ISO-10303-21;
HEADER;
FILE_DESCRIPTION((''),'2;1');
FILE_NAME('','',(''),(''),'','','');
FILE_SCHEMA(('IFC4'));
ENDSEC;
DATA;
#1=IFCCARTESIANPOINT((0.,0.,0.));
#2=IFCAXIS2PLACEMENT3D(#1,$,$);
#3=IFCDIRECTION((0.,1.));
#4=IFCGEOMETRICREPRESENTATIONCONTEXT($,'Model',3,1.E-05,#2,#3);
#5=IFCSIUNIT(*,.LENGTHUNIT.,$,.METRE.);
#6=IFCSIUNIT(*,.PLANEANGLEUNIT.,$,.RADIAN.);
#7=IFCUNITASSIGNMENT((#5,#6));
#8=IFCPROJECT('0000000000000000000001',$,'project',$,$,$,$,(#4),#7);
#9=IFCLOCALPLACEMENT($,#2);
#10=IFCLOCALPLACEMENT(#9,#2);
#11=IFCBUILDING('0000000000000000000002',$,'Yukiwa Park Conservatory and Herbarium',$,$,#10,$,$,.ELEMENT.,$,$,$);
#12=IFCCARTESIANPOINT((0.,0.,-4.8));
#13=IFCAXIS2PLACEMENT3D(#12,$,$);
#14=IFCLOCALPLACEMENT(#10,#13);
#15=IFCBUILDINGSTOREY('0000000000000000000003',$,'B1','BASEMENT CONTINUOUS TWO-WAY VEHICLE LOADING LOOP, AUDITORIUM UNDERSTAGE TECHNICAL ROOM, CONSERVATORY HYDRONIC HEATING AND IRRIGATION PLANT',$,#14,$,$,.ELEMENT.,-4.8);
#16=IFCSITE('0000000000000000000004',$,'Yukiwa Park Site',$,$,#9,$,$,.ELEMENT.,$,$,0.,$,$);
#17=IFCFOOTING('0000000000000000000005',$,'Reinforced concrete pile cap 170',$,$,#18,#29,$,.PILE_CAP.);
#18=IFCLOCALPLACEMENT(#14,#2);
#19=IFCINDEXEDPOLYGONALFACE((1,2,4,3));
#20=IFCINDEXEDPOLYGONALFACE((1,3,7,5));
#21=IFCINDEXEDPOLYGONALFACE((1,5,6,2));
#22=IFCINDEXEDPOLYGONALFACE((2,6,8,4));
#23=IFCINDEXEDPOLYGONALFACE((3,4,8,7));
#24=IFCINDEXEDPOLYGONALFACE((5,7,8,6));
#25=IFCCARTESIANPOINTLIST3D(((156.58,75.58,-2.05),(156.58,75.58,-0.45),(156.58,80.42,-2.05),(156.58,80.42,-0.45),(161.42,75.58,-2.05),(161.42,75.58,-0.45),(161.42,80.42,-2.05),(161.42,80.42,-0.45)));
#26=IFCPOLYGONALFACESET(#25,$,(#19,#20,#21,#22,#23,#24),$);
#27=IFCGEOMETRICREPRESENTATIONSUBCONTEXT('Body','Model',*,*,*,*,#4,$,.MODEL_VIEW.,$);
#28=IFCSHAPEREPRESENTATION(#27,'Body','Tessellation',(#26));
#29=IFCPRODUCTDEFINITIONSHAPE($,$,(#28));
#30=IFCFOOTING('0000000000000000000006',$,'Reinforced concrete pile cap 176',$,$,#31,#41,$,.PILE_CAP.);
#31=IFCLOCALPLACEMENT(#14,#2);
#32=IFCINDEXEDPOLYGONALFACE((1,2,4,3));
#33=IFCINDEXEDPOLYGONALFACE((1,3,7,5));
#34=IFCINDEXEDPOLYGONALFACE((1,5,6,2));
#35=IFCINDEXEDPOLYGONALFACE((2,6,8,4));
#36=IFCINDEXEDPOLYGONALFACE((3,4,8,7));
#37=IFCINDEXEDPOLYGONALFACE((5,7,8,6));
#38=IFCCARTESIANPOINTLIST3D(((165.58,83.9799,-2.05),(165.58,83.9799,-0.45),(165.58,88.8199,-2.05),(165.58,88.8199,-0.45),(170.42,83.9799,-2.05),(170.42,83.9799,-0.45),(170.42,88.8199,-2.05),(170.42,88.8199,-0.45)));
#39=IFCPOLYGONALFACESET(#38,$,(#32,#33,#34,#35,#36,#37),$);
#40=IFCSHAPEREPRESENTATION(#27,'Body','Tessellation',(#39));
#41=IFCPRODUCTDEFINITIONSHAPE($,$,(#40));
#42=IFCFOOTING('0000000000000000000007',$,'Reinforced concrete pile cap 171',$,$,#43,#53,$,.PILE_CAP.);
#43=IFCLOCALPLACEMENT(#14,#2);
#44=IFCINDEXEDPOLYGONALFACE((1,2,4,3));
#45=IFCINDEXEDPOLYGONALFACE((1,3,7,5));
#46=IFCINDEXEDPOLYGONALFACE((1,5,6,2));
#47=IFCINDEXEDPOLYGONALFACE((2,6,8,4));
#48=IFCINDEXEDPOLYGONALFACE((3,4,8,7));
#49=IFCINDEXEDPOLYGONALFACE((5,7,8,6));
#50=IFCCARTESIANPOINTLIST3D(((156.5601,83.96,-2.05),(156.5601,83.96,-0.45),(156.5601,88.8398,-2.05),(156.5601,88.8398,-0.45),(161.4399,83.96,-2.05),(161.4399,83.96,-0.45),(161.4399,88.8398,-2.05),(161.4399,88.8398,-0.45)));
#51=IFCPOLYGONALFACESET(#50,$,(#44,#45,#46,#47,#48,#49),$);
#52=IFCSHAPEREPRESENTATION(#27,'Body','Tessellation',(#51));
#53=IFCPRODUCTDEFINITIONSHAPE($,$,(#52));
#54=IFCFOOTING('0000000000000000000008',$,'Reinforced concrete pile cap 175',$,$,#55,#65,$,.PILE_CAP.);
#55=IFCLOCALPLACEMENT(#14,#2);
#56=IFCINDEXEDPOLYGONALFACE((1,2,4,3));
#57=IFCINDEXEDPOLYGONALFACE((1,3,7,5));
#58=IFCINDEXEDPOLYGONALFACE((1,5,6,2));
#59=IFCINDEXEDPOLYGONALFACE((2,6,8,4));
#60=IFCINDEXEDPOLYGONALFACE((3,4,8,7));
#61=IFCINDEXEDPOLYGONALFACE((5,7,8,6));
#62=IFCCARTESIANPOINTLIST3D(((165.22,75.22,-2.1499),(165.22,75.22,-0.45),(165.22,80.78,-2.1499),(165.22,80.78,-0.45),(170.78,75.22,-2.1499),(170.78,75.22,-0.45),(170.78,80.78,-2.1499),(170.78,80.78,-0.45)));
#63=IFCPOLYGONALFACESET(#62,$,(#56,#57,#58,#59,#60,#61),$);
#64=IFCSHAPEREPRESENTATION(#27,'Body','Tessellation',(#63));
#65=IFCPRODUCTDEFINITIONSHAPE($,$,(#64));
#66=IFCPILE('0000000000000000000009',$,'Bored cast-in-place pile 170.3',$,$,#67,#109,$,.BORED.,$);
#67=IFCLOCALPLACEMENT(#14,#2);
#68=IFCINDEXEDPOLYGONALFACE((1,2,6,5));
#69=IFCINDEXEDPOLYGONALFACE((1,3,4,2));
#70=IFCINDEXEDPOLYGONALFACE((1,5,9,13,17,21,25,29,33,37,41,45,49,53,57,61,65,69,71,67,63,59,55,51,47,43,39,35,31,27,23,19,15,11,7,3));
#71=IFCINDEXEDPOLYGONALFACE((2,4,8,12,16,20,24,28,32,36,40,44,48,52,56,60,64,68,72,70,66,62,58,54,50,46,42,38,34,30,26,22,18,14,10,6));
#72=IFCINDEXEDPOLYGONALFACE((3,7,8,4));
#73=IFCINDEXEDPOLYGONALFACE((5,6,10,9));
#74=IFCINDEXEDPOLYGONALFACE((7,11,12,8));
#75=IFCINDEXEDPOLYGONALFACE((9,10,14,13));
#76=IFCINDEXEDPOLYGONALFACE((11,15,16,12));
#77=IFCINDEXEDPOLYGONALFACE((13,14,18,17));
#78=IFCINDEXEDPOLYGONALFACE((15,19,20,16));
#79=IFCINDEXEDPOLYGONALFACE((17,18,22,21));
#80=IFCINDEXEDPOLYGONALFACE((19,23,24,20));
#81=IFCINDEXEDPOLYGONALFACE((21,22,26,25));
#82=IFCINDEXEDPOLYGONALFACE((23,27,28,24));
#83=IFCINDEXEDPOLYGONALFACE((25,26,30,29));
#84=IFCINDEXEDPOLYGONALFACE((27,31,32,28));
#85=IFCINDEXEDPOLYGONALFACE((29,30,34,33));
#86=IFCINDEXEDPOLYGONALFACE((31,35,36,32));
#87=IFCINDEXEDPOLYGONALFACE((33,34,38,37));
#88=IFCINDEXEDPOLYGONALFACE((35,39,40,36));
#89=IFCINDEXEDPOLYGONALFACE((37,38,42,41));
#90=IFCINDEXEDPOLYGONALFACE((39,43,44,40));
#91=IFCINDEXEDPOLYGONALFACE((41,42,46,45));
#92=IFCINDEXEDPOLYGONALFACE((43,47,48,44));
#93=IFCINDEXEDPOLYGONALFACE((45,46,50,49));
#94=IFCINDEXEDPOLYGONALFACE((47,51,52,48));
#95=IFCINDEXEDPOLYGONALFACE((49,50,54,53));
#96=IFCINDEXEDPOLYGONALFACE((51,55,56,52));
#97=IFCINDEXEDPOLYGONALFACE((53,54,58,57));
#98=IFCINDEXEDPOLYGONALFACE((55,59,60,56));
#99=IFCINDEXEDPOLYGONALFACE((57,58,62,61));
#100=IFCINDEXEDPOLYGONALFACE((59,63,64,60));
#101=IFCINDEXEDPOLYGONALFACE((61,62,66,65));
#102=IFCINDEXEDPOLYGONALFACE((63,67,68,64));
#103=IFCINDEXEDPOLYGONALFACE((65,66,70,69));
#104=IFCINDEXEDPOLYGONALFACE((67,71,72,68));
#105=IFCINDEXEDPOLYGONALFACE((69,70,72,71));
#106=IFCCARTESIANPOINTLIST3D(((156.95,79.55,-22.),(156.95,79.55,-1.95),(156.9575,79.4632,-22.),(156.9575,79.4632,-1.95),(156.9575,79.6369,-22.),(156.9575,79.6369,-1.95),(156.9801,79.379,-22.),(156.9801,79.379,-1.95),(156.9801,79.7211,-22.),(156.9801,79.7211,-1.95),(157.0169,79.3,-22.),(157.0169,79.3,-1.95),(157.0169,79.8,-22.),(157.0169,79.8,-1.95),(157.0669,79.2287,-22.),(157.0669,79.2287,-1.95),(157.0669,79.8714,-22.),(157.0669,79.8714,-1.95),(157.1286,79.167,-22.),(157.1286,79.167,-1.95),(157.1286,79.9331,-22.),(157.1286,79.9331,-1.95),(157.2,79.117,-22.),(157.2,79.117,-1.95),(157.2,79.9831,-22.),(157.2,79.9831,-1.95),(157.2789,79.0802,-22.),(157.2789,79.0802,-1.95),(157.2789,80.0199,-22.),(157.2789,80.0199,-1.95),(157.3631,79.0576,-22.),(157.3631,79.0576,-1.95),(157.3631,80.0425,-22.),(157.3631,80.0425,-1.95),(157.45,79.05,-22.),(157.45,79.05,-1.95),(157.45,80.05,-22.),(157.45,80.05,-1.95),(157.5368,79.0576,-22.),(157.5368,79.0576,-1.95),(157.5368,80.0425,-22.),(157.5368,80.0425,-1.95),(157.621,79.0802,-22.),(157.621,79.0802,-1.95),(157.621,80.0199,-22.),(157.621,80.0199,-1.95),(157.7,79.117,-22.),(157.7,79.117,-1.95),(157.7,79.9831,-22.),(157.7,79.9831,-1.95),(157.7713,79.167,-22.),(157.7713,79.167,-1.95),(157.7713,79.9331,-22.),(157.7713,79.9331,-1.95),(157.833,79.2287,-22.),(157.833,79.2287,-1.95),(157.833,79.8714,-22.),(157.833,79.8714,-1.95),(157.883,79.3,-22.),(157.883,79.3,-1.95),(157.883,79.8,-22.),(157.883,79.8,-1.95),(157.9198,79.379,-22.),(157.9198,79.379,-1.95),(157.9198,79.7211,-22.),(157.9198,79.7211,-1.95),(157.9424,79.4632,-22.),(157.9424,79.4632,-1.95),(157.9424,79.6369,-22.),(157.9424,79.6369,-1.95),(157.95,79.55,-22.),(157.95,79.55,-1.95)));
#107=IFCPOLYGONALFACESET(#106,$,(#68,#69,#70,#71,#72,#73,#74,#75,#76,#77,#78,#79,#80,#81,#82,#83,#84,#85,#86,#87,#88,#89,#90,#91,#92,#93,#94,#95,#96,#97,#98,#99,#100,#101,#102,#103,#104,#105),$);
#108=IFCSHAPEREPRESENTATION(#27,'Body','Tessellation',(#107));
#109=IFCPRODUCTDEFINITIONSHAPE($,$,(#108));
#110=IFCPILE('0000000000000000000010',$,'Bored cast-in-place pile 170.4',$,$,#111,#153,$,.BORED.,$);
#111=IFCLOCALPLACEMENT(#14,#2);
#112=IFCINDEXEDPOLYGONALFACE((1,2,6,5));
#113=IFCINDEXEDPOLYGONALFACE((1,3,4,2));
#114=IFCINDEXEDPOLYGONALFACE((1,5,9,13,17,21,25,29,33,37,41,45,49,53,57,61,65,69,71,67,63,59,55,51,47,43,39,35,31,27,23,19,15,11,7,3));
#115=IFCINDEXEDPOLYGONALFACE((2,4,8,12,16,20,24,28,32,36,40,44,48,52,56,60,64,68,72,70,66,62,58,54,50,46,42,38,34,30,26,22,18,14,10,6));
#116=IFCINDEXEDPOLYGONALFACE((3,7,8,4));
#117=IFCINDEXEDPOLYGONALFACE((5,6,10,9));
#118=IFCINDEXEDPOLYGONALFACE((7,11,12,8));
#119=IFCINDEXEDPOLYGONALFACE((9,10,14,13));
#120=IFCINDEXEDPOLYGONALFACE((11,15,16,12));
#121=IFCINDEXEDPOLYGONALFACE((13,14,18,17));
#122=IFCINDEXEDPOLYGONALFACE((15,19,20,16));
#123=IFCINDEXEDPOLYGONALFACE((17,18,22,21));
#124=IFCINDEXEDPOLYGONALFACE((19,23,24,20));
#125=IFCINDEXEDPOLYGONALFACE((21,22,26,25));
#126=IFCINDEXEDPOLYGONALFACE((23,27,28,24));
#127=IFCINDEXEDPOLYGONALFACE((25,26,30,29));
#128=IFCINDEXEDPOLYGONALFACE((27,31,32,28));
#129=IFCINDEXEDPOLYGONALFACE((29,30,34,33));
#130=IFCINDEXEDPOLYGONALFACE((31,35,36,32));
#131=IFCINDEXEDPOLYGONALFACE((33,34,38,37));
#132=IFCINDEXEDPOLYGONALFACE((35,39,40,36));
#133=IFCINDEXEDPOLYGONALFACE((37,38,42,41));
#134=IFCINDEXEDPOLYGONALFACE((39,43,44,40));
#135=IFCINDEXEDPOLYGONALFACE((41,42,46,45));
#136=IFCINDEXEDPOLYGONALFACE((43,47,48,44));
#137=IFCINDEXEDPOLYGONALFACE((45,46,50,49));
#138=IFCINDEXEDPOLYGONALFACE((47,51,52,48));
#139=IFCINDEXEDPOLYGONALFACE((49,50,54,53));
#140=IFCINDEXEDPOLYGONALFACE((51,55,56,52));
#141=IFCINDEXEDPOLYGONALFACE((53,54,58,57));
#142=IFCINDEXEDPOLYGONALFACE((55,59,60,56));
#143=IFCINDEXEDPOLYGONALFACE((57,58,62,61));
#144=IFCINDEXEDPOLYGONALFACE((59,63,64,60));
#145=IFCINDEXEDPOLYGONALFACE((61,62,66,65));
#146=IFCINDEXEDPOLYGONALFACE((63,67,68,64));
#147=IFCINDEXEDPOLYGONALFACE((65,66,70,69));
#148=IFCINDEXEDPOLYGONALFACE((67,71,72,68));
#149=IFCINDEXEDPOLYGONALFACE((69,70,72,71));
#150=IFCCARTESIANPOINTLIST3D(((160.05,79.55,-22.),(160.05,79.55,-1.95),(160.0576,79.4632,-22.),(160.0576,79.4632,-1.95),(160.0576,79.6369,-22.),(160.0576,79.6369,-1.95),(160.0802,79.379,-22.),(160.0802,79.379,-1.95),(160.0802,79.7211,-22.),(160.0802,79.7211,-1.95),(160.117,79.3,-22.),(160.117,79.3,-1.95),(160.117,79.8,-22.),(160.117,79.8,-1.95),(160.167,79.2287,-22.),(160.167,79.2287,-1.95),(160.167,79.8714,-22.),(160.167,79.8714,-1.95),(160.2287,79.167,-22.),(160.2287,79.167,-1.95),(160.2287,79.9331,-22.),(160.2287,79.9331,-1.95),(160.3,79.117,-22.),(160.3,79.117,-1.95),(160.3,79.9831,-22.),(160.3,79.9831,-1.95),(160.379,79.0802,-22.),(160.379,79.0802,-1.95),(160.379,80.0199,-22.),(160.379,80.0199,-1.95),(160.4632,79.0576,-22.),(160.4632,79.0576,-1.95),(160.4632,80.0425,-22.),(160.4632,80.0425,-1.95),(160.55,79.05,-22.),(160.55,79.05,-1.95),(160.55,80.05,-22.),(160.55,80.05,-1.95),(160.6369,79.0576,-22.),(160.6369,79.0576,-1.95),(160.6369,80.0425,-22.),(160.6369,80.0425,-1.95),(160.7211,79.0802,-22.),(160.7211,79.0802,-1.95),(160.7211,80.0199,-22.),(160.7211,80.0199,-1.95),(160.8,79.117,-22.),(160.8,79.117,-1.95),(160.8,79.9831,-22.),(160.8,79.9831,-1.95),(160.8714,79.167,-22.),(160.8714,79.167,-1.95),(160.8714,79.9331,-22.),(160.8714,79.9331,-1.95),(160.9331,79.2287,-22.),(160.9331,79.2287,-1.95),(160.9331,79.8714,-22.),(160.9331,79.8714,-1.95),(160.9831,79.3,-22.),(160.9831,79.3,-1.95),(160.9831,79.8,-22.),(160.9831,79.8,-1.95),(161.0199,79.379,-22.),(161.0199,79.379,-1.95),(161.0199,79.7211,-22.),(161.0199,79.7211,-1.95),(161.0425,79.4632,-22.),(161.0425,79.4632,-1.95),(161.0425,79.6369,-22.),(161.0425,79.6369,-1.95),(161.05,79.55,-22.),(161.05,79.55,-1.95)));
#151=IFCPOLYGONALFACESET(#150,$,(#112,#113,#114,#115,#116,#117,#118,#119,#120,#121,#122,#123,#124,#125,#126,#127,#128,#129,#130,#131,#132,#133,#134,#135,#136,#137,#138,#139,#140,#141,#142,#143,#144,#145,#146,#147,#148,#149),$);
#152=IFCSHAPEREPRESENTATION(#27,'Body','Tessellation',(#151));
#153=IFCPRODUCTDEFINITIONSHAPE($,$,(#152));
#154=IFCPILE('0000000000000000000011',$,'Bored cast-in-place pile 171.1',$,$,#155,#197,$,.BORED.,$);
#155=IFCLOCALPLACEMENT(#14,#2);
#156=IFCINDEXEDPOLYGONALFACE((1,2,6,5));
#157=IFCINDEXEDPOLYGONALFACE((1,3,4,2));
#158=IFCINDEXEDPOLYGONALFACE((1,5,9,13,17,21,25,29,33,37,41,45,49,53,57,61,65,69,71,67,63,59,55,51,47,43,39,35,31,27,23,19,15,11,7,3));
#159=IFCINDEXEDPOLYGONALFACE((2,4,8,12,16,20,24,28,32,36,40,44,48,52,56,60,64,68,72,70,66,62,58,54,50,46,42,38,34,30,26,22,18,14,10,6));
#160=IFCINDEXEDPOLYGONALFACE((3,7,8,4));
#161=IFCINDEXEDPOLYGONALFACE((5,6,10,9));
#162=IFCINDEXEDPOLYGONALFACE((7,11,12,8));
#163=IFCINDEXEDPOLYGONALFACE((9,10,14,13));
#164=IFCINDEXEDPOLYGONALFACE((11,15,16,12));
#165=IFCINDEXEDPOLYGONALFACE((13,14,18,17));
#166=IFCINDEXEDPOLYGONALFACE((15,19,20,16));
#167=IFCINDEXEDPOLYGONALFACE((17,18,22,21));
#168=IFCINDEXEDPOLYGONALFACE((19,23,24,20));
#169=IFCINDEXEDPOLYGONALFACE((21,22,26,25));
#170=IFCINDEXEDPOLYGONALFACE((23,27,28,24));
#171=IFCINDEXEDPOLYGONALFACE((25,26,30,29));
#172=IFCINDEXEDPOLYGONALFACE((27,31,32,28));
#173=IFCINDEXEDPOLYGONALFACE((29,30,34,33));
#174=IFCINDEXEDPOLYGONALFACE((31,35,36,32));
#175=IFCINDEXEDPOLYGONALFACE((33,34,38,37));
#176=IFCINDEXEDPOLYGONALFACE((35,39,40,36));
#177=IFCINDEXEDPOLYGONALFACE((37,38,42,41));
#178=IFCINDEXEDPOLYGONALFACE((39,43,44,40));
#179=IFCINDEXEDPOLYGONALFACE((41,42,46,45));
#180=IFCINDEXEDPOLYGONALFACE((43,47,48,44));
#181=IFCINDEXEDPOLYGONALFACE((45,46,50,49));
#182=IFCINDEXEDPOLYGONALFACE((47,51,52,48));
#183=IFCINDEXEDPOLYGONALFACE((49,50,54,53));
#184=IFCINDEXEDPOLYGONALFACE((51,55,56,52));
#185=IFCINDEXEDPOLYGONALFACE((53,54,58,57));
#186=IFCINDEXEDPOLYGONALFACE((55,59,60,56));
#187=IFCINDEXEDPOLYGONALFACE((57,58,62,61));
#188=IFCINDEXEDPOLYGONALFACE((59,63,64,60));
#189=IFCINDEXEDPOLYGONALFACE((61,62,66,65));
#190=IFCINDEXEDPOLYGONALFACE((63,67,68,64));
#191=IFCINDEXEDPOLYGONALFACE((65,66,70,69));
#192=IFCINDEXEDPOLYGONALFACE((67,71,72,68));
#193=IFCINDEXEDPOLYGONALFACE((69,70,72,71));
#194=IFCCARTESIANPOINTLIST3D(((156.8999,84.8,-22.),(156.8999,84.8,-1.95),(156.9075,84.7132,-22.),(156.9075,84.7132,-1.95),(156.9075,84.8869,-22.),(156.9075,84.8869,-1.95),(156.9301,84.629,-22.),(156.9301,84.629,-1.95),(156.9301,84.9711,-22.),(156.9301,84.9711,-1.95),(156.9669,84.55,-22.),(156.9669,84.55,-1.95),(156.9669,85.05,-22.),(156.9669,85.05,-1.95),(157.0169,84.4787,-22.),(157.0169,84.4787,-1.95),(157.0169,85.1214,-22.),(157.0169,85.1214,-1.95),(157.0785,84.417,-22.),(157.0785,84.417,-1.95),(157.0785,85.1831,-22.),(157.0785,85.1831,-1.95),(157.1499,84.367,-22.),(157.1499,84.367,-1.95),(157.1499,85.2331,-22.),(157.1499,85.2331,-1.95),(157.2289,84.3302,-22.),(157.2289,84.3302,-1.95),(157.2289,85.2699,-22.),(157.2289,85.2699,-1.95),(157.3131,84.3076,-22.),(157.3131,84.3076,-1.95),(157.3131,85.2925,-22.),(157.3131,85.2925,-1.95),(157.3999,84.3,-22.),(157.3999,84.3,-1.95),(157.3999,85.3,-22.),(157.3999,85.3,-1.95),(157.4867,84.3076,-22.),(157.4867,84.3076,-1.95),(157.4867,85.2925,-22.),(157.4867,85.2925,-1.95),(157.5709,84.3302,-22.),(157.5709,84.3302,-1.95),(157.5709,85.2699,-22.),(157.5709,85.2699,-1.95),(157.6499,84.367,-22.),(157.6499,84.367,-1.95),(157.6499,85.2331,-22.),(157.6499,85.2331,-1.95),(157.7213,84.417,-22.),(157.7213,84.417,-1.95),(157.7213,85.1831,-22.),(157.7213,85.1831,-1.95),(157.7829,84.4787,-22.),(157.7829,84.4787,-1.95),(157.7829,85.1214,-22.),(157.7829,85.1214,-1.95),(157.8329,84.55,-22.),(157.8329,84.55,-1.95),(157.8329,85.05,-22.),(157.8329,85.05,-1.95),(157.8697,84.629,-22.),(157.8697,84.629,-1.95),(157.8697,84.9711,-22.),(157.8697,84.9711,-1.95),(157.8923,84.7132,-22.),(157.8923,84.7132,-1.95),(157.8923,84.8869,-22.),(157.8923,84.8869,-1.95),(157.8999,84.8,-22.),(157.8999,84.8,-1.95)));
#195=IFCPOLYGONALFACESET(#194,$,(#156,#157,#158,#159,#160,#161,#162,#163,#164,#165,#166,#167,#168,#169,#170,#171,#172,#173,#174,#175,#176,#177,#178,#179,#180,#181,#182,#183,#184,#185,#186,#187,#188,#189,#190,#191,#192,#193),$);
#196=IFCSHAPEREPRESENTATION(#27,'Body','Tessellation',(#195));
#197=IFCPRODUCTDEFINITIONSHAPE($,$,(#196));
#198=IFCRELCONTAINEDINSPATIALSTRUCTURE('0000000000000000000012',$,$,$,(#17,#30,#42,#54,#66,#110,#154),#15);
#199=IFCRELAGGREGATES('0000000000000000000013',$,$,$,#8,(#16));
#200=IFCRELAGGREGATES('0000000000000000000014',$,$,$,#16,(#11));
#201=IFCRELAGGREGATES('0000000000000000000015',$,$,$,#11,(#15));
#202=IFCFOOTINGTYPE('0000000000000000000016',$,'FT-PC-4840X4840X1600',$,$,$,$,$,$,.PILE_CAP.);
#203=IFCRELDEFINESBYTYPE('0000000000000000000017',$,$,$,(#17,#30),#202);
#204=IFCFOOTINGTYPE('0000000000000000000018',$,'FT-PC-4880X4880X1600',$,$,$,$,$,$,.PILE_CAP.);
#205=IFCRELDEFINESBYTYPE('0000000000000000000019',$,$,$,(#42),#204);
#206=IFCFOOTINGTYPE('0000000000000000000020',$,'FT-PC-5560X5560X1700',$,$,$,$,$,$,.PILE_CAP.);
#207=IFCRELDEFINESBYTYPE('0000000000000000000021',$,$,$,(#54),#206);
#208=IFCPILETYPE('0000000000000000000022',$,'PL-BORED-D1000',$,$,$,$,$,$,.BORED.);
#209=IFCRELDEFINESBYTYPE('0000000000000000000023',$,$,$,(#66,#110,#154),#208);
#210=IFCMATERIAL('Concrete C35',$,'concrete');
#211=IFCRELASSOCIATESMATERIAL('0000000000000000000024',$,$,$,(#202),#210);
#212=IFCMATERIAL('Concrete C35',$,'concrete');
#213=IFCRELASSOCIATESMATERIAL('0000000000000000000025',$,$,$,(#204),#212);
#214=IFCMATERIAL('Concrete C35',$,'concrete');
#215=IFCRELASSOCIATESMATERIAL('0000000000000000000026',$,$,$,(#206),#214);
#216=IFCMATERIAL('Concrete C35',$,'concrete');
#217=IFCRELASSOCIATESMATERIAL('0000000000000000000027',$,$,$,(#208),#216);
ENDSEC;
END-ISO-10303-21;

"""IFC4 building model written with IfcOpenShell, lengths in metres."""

from ifc_helpers import new_model, si_unit, direction, frame, origin, origin_2d, place, context, subcontext, project, spatial, rectangle, circle, extrude, material, material_profile, profile_set, type_object, element, save


model = new_model("IFC4")

# Units and contexts
model_context = context("Model", 3, precision=1e-05, world=origin(), true_north=direction((0.0, 1.0)))
body_context = subcontext(model_context, "Body", "Model", "MODEL_VIEW")
ifc_project = project(units=[si_unit("LENGTHUNIT", "METRE"), si_unit("PLANEANGLEUNIT", "RADIAN")], contexts=[model_context])

# Site, building, storey
site_placement = place(None, origin())
site = spatial("IfcSite", under=ifc_project, at=site_placement, Name="Yukiwa Park Site", CompositionType="ELEMENT", RefElevation=0.0)
building_placement = place(site_placement, origin())
building = spatial("IfcBuilding", under=site, at=building_placement, Name="Yukiwa Park Conservatory and Herbarium", CompositionType="ELEMENT")
storey_placement = place(building_placement, frame((0.0, 0.0, -4.8)))
storey = spatial("IfcBuildingStorey", under=building, at=storey_placement, Name="B1", Description="BASEMENT CONTINUOUS TWO-WAY VEHICLE LOADING LOOP, AUDITORIUM UNDERSTAGE TECHNICAL ROOM, CONSERVATORY HYDRONIC HEATING AND IRRIGATION PLANT", CompositionType="ELEMENT", Elevation=-4.8)

# Footings
ifc_material_1 = material(Name="Concrete C35", Category="concrete")
footing_type_1 = type_object("IfcFootingType", Name="FT-PC-4840X4840X1600", PredefinedType="PILE_CAP", material=ifc_material_1)
for number, where, z_axis, x_axis, name in (
    (1, (159.0, 78.0, -2.05), (0.0, 0.0, 1.0), (1.0, 0.0, 0.0), "Reinforced concrete pile cap 170"),
    (2, (168.0, 86.3999, -2.05), (0.0, 0.0, 1.0), (1.0, 0.0, 0.0), "Reinforced concrete pile cap 176"),
):
    element("IfcFooting", number, at=place(storey_placement, frame(where, z_axis=z_axis, x_axis=x_axis)), inside=storey, type_object=footing_type_1, Name=name, PredefinedType="PILE_CAP", context=body_context, shape_type="SweptSolid", body=[
        extrude(rectangle(XDim=4.8401, YDim=4.8401, at=origin_2d()), origin(), (0.0, 0.0, 1.0), 1.6001),
    ])
ifc_material_2 = material(Name="Concrete C35", Category="concrete")
footing_type_2 = type_object("IfcFootingType", Name="FT-PC-4880X4880X1600", PredefinedType="PILE_CAP", material=ifc_material_2)
footing_1_placement = place(storey_placement, frame((159.0, 86.3999, -2.05), z_axis=(0.0, 0.0, 1.0), x_axis=(1.0, 0.0, 0.0)))
element("IfcFooting", 3, at=footing_1_placement, inside=storey, type_object=footing_type_2, Name="Reinforced concrete pile cap 171", PredefinedType="PILE_CAP", context=body_context, shape_type="SweptSolid", body=[
    extrude(rectangle(XDim=4.8799, YDim=4.8799, at=origin_2d()), origin(), (0.0, 0.0, 1.0), 1.6001),
])
ifc_material_3 = material(Name="Concrete C35", Category="concrete")
footing_type_3 = type_object("IfcFootingType", Name="FT-PC-5560X5560X1700", PredefinedType="PILE_CAP", material=ifc_material_3)
footing_2_placement = place(storey_placement, frame((168.0, 78.0, -2.1499), z_axis=(0.0, 0.0, 1.0), x_axis=(1.0, 0.0, 0.0)))
element("IfcFooting", 4, at=footing_2_placement, inside=storey, type_object=footing_type_3, Name="Reinforced concrete pile cap 175", PredefinedType="PILE_CAP", context=body_context, shape_type="SweptSolid", body=[
    extrude(rectangle(XDim=5.5601, YDim=5.5601, at=origin_2d()), origin(), (0.0, 0.0, 1.0), 1.7),
])

# Piles
ifc_material_4 = material(Name="Concrete C35", Category="concrete")
ifc_material_profile_1 = material_profile(ifc_material_4, circle(Radius=0.5, at=origin_2d()), Name="PILE D1000")
ifc_profile_set_1 = profile_set([ifc_material_profile_1], Name="Concrete C35")
pile_type_1 = type_object("IfcPileType", Name="PL-BORED-D1000", PredefinedType="BORED", material=ifc_profile_set_1)
for number, where, z_axis, x_axis, name in (
    (5, (157.45, 79.55, -1.95), (0.0, 0.0, -1.0), (1.0, 0.0, 0.0), "Bored cast-in-place pile 170.3"),
    (6, (160.55, 79.55, -1.95), (0.0, 0.0, -1.0), (1.0, 0.0, 0.0), "Bored cast-in-place pile 170.4"),
    (7, (157.3999, 84.8, -1.95), (0.0, 0.0, -1.0), (1.0, 0.0, 0.0), "Bored cast-in-place pile 171.1"),
):
    element("IfcPile", number, at=place(storey_placement, frame(where, z_axis=z_axis, x_axis=x_axis)), inside=storey, type_object=pile_type_1, Name=name, PredefinedType="BORED", context=body_context, shape_type="SweptSolid", body=[
        extrude(circle(Radius=0.5, at=origin_2d()), origin(), (0.0, 0.0, 1.0), 20.05),
    ])

save(model, "model.ifc")
